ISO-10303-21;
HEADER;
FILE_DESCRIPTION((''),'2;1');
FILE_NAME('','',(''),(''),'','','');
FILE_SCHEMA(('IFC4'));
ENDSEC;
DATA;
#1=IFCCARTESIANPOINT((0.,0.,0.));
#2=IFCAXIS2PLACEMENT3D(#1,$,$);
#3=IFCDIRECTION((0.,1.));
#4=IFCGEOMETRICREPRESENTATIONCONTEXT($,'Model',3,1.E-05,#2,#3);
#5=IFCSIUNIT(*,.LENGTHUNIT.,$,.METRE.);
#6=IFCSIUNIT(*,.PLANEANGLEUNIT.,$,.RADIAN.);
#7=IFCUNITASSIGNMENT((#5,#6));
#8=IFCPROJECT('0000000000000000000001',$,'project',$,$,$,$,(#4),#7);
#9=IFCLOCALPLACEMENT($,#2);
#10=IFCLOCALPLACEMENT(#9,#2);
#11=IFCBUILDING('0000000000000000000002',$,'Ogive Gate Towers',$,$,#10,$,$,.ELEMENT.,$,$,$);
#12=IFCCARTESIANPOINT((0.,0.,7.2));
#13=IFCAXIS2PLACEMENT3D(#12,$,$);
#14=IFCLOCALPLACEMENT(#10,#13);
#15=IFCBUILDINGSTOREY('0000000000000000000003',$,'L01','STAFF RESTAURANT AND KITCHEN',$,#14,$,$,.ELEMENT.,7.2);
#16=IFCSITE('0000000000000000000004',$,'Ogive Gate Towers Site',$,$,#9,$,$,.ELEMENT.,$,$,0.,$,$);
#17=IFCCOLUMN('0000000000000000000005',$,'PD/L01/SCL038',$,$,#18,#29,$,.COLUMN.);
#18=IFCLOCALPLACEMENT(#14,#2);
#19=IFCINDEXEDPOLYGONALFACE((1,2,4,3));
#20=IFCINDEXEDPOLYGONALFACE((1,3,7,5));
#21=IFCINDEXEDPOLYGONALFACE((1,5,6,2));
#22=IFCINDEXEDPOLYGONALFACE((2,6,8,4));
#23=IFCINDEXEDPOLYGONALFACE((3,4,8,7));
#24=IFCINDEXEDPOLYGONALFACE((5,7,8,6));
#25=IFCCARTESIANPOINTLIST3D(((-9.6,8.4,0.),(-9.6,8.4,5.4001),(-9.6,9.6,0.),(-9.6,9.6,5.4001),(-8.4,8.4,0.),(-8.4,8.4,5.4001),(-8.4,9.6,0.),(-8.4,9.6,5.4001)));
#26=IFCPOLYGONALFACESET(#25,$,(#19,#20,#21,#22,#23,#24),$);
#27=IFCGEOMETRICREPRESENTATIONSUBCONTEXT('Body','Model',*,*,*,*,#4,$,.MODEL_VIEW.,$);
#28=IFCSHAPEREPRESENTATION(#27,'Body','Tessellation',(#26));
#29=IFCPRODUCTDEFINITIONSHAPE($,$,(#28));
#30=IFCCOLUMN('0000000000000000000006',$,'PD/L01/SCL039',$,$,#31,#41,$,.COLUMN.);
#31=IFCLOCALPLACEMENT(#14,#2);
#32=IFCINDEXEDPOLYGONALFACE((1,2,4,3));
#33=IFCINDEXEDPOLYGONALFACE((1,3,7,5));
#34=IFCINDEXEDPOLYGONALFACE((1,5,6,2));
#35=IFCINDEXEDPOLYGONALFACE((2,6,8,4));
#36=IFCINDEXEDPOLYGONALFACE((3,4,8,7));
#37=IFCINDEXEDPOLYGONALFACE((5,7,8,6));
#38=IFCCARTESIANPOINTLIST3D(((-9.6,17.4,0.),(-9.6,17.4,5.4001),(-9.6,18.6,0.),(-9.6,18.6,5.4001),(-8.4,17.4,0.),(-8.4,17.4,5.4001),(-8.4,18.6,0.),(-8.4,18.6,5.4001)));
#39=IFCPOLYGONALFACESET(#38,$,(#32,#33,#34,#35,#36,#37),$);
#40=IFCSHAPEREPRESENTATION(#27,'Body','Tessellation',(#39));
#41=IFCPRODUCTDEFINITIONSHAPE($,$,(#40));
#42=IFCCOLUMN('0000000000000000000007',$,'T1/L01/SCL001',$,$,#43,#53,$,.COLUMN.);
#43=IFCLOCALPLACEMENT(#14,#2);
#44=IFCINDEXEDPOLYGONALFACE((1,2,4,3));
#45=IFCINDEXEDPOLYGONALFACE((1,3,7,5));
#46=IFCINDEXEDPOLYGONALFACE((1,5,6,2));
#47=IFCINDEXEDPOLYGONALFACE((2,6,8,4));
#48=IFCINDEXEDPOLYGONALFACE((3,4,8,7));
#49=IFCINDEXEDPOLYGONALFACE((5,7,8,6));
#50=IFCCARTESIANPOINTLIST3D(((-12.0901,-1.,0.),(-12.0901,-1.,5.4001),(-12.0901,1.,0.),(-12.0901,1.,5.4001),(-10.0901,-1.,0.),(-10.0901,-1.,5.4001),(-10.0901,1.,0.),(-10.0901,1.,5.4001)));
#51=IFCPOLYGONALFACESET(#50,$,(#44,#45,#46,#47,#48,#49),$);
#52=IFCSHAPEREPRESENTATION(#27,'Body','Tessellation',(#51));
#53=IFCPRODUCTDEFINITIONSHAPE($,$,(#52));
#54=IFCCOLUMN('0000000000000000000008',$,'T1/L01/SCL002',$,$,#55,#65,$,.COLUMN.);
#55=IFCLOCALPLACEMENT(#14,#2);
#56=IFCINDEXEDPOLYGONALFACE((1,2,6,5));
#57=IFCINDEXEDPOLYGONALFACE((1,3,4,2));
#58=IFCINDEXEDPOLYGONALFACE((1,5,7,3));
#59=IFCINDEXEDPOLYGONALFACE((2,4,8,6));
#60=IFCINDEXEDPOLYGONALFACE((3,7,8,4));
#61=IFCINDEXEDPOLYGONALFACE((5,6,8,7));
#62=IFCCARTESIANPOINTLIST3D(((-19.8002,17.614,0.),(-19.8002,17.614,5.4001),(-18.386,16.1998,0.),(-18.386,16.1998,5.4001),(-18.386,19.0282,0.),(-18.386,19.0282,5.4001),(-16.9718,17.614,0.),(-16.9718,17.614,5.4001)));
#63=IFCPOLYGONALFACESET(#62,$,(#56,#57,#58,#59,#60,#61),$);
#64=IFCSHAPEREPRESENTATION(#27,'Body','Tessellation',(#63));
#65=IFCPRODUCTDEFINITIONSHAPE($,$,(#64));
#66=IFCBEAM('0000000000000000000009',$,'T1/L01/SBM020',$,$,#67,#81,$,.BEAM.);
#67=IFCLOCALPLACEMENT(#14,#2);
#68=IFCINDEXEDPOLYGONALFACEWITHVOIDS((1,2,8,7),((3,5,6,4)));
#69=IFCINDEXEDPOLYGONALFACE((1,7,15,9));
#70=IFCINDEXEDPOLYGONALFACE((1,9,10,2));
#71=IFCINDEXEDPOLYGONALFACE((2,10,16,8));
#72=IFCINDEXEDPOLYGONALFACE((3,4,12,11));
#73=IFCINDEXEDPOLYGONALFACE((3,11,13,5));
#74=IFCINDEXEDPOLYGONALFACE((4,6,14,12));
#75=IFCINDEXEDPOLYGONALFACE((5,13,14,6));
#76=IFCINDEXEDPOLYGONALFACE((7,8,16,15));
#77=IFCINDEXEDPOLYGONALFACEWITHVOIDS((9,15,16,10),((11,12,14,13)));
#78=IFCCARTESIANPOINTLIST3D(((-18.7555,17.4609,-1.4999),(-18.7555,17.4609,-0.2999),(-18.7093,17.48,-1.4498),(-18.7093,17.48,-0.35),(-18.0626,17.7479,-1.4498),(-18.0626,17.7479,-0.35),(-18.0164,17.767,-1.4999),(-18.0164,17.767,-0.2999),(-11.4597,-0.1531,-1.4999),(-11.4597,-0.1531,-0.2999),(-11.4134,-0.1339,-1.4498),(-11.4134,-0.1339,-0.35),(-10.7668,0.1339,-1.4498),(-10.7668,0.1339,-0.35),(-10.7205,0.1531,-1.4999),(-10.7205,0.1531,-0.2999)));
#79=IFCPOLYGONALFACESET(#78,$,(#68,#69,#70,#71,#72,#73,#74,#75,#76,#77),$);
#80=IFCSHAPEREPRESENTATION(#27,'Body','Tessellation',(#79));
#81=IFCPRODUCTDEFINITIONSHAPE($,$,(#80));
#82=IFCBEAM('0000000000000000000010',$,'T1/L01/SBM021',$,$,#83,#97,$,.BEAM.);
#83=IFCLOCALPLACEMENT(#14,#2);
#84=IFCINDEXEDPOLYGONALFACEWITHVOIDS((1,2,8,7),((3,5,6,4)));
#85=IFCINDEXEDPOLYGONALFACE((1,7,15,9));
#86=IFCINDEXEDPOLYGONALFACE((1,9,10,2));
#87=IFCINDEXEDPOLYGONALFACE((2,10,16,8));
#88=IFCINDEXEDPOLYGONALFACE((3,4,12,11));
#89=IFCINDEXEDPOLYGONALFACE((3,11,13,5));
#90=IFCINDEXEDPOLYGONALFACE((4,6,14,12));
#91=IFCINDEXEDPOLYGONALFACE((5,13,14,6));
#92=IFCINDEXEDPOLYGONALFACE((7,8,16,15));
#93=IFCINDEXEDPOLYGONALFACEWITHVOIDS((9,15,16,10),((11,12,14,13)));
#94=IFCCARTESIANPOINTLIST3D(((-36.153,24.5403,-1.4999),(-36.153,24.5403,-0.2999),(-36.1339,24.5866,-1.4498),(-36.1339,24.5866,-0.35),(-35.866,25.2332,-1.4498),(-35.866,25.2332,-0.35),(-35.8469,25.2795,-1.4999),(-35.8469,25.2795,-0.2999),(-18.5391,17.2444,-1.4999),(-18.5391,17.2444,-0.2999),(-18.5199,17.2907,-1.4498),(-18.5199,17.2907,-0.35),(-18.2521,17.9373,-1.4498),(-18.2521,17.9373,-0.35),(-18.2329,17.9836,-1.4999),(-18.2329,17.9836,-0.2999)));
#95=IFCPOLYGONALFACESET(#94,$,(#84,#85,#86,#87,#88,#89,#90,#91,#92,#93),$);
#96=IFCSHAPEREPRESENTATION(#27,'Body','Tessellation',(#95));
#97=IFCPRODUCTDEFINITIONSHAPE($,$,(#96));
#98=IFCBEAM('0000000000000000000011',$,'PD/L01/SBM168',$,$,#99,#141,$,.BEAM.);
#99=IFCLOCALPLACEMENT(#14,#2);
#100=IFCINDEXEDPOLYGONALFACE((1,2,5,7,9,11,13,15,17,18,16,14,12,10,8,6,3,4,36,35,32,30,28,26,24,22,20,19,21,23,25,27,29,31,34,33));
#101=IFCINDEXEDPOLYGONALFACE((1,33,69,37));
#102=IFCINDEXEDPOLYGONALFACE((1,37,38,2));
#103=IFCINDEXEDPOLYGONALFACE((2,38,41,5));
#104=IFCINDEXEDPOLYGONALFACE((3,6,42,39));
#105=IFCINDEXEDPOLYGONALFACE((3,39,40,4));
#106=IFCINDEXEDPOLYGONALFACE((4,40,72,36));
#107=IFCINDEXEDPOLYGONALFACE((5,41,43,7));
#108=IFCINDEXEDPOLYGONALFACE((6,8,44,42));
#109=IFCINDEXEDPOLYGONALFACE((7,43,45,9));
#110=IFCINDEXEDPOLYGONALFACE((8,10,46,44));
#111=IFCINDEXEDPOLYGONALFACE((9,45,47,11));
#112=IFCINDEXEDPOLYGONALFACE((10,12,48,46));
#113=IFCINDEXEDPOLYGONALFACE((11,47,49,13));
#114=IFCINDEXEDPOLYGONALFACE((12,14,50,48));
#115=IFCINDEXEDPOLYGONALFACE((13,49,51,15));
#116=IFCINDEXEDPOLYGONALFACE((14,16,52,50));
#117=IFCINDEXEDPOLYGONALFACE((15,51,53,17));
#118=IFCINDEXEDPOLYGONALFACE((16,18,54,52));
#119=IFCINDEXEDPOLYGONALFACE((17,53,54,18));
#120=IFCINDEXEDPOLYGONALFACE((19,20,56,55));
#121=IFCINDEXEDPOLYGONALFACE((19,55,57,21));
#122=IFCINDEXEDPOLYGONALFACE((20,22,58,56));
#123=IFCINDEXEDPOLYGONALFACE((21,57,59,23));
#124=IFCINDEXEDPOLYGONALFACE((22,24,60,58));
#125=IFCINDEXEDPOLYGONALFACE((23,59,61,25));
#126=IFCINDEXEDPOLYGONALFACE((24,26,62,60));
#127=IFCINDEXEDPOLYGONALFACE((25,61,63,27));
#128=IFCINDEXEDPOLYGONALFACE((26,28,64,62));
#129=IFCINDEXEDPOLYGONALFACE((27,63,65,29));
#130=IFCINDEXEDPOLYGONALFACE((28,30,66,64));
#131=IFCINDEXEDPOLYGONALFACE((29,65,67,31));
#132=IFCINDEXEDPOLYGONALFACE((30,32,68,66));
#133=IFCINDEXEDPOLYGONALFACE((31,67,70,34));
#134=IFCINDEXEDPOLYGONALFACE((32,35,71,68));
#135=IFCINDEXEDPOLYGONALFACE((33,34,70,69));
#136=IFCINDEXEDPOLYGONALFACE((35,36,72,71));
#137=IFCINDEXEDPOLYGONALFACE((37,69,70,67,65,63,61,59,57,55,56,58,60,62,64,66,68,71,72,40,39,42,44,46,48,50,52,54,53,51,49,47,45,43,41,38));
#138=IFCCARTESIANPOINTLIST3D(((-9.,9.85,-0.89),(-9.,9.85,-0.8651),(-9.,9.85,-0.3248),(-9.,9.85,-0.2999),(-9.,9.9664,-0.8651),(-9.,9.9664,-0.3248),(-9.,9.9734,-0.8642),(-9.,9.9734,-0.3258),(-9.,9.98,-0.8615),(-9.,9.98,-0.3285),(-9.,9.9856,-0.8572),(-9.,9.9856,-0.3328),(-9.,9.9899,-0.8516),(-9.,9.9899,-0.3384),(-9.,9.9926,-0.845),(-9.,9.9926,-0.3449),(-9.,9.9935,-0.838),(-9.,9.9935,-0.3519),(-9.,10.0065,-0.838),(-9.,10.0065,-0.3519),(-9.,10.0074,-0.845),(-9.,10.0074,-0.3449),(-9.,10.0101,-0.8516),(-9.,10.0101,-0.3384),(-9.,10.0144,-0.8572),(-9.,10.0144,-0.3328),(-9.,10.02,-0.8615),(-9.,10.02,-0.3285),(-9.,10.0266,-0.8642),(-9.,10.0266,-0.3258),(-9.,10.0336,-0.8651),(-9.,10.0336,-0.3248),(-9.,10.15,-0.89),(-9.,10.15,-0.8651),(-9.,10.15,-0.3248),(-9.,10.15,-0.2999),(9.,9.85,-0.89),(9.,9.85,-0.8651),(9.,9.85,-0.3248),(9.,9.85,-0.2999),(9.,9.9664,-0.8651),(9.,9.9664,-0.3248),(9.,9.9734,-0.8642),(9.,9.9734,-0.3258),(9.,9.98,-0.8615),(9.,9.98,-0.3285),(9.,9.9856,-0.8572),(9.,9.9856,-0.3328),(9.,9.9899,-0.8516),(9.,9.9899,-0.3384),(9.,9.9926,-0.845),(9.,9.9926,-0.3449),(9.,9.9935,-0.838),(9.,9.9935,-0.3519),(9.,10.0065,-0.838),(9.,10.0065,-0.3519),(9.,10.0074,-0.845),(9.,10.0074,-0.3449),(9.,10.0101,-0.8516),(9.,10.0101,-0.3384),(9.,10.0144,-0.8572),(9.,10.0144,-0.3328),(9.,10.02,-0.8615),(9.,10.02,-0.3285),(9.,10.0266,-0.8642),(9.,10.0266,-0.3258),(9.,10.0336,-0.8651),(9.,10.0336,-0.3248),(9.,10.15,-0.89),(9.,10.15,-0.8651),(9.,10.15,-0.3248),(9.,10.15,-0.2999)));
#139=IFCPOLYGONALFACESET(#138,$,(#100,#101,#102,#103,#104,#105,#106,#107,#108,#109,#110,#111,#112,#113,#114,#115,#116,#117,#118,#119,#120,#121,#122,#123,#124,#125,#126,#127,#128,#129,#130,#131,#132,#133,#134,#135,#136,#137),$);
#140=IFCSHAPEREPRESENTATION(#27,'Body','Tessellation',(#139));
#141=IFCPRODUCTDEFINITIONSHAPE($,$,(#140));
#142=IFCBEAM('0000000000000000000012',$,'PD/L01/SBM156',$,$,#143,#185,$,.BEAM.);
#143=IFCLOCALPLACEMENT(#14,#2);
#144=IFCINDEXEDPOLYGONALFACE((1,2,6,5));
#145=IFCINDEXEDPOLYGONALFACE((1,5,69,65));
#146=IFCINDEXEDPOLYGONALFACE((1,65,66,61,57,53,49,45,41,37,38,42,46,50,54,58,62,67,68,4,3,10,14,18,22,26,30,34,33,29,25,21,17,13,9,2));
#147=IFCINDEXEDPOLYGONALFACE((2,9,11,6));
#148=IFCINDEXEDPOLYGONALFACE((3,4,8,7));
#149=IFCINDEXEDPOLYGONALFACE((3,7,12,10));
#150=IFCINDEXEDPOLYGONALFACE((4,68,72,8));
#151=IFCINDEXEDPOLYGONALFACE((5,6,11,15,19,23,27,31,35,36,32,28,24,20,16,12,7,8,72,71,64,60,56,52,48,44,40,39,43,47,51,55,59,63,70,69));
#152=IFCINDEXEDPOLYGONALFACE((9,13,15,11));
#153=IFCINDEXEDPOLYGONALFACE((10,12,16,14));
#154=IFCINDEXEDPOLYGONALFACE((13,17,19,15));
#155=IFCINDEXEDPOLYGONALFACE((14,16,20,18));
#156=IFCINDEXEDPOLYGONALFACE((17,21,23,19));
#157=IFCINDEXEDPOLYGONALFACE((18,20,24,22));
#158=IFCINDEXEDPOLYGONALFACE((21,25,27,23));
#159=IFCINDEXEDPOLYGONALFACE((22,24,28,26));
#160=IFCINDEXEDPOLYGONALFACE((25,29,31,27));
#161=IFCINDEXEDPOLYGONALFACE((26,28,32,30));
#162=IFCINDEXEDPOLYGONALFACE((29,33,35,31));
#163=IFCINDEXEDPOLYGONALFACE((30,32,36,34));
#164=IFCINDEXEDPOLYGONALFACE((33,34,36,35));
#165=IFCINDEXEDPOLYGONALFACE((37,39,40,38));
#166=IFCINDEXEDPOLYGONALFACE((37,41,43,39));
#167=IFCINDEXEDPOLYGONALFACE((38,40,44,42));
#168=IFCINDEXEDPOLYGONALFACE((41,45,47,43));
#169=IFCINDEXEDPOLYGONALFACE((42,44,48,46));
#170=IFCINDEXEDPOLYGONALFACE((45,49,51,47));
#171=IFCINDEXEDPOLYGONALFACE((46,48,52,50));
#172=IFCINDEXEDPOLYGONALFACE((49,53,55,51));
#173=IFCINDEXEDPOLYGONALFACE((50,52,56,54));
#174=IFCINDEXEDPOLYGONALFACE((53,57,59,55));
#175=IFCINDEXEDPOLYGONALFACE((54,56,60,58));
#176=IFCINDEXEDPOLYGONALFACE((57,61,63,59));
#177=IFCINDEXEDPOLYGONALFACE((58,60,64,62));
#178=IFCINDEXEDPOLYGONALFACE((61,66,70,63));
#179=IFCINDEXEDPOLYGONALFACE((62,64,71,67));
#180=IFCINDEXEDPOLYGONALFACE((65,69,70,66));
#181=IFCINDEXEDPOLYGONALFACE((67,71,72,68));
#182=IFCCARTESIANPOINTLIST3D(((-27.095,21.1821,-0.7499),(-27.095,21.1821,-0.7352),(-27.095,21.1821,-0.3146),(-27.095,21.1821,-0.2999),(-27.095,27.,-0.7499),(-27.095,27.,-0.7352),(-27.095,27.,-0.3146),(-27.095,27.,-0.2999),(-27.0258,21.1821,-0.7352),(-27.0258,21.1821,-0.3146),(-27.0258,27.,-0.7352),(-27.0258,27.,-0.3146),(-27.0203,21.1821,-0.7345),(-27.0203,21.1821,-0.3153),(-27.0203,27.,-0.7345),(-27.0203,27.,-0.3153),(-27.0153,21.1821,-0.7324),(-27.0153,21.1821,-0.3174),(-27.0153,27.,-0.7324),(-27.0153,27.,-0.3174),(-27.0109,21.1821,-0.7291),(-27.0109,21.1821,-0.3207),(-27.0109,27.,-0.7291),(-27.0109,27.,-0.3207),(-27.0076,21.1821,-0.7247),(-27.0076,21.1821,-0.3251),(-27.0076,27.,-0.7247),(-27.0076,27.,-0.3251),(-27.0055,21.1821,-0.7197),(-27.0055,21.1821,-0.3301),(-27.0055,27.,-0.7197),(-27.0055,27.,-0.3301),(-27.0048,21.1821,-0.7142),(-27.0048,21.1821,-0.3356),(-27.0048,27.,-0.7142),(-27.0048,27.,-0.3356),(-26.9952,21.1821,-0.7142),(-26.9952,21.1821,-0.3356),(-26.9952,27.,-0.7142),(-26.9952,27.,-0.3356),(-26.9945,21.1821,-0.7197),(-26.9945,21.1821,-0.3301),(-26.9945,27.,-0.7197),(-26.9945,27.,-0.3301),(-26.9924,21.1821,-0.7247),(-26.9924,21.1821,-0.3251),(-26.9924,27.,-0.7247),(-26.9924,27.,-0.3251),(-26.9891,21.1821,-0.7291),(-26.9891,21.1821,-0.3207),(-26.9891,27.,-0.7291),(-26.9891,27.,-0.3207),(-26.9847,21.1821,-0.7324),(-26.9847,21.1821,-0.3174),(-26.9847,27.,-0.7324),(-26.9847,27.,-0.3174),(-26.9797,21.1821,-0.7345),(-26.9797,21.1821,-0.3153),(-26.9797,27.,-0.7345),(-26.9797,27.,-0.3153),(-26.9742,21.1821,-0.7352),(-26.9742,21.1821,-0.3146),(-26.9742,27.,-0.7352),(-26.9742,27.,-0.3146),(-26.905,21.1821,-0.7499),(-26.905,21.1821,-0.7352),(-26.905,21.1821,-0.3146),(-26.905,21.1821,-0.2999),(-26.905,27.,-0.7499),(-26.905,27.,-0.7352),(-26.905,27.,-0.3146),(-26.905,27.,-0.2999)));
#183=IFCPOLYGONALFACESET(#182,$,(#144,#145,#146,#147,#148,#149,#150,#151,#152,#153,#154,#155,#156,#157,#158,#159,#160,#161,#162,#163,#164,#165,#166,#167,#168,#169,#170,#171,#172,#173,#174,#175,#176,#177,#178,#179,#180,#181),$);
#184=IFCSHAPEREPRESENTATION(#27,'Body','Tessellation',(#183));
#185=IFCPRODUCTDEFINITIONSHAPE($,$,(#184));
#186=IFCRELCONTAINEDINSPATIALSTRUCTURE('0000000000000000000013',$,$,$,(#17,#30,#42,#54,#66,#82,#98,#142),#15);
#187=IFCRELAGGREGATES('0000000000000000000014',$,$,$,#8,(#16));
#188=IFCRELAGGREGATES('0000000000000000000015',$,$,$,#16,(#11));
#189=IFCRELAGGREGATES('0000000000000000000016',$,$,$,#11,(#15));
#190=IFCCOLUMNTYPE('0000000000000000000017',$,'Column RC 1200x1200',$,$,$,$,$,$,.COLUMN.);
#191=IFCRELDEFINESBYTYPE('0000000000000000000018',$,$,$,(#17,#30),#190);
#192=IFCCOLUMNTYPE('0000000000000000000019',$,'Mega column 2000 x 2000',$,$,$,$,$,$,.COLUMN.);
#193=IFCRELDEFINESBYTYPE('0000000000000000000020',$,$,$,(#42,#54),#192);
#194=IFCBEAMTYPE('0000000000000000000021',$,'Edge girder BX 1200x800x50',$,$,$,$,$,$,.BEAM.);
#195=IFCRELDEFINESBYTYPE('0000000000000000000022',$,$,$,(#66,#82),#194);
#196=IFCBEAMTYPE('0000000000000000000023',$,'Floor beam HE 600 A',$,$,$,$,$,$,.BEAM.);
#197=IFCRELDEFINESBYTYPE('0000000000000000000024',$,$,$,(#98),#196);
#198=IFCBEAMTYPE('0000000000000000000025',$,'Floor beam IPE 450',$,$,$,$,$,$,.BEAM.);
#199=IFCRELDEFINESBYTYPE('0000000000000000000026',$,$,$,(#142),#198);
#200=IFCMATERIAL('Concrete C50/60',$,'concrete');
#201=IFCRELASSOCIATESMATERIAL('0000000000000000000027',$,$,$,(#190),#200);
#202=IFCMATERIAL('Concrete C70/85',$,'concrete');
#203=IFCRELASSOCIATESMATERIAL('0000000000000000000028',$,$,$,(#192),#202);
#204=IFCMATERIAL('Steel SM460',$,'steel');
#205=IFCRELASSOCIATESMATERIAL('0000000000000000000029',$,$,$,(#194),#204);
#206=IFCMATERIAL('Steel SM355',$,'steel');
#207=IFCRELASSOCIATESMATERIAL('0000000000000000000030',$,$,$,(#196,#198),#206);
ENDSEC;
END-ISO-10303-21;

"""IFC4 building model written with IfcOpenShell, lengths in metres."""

from ifc_helpers import new_model, si_unit, direction, frame, origin, origin_2d, place, context, subcontext, project, spatial, rectangle, hollow_rectangle, i_section, extrude, material, material_profile, profile_set, type_object, element, save


model = new_model("IFC4")

# Units and contexts
model_context = context("Model", 3, precision=1e-05, world=origin(), true_north=direction((0.0, 1.0)))
body_context = subcontext(model_context, "Body", "Model", "MODEL_VIEW")
ifc_project = project(units=[si_unit("LENGTHUNIT", "METRE"), si_unit("PLANEANGLEUNIT", "RADIAN")], contexts=[model_context])

# Site, building, storey
site_placement = place(None, origin())
site = spatial("IfcSite", under=ifc_project, at=site_placement, Name="Ogive Gate Towers Site", CompositionType="ELEMENT", RefElevation=0.0)
building_placement = place(site_placement, origin())
building = spatial("IfcBuilding", under=site, at=building_placement, Name="Ogive Gate Towers", CompositionType="ELEMENT")
storey_placement = place(building_placement, frame((0.0, 0.0, 7.2)))
storey = spatial("IfcBuildingStorey", under=building, at=storey_placement, Name="L01", Description="STAFF RESTAURANT AND KITCHEN", CompositionType="ELEMENT", Elevation=7.2)

# Columns
ifc_material_1 = material(Name="Concrete C50/60", Category="concrete")
ifc_material_profile_1 = material_profile(ifc_material_1, rectangle(XDim=1.2, YDim=1.2, at=origin_2d()), Name="RC 1200x1200")
ifc_profile_set_1 = profile_set([ifc_material_profile_1], Name="Concrete C50/60")
column_type_1 = type_object("IfcColumnType", Name="Column RC 1200x1200", PredefinedType="COLUMN", material=ifc_profile_set_1)
for number, where, z_axis, x_axis, name in (
    (1, (-9.0, 9.0, 0.0), (0.0, 0.0, 1.0), (1.0, 0.0, 0.0), "PD/L01/SCL038"),
    (2, (-9.0, 18.0, 0.0), (0.0, 0.0, 1.0), (1.0, 0.0, 0.0), "PD/L01/SCL039"),
):
    element("IfcColumn", number, at=place(storey_placement, frame(where, z_axis=z_axis, x_axis=x_axis)), inside=storey, type_object=column_type_1, Name=name, PredefinedType="COLUMN", context=body_context, shape_type="SweptSolid", body=[
        extrude(rectangle(XDim=1.2, YDim=1.2, at=origin_2d()), origin(), (0.0, 0.0, 1.0), 5.4001),
    ])
ifc_material_2 = material(Name="Concrete C70/85", Category="concrete")
ifc_material_profile_2 = material_profile(ifc_material_2, rectangle(XDim=2.0, YDim=2.0, at=origin_2d()), Name="RC 2000x2000")
ifc_profile_set_2 = profile_set([ifc_material_profile_2], Name="Concrete C70/85")
column_type_2 = type_object("IfcColumnType", Name="Mega column 2000 x 2000", PredefinedType="COLUMN", material=ifc_profile_set_2)
for number, where, z_axis, x_axis, name in (
    (3, (-11.0901, 0.0, 0.0), (0.0, 0.0, 1.0), (1.0, 0.0, 0.0), "T1/L01/SCL001"),
    (4, (-18.386, 17.614, 0.0), (0.0, 0.0, 1.0), (0.707107, 0.707107, 0.0), "T1/L01/SCL002"),
):
    element("IfcColumn", number, at=place(storey_placement, frame(where, z_axis=z_axis, x_axis=x_axis)), inside=storey, type_object=column_type_2, Name=name, PredefinedType="COLUMN", context=body_context, shape_type="SweptSolid", body=[
        extrude(rectangle(XDim=2.0, YDim=2.0, at=origin_2d()), origin(), (0.0, 0.0, 1.0), 5.4001),
    ])

# Beams
ifc_material_3 = material(Name="Steel SM460", Category="steel")
ifc_material_profile_3 = material_profile(ifc_material_3, hollow_rectangle(XDim=0.8, YDim=1.2, WallThickness=0.05, at=origin_2d()), Name="BX 1200x800x50")
ifc_profile_set_3 = profile_set([ifc_material_profile_3], Name="Steel SM460")
beam_type_1 = type_object("IfcBeamType", Name="Edge girder BX 1200x800x50", PredefinedType="BEAM", material=ifc_profile_set_3)
for number, where, z_axis, x_axis, name in (
    (5, (-11.0901, 0.0, -0.8999), (-0.382681, 0.923881, 0.0), (-0.923881, -0.382681, 0.0), "T1/L01/SBM020"),
    (6, (-18.386, 17.614, -0.8999), (-0.923881, 0.382681, 0.0), (-0.382681, -0.923881, 0.0), "T1/L01/SBM021"),
):
    element("IfcBeam", number, at=place(storey_placement, frame(where, z_axis=z_axis, x_axis=x_axis)), inside=storey, type_object=beam_type_1, Name=name, PredefinedType="BEAM", context=body_context, shape_type="SweptSolid", body=[
        extrude(hollow_rectangle(XDim=0.8, YDim=1.2, WallThickness=0.05, at=origin_2d()), origin(), (0.0, 0.0, 1.0), 19.0652),
    ])
ifc_material_4 = material(Name="Steel SM355", Category="steel")
ifc_material_profile_4 = material_profile(ifc_material_4, i_section(OverallWidth=0.3, OverallDepth=0.5901, WebThickness=0.0129, FlangeThickness=0.0249, FilletRadius=0.0271, at=origin_2d()), Name="HE 600 A")
ifc_profile_set_4 = profile_set([ifc_material_profile_4], Name="Steel SM355")
beam_type_2 = type_object("IfcBeamType", Name="Floor beam HE 600 A", PredefinedType="BEAM", material=ifc_profile_set_4)
beam_1_placement = place(storey_placement, frame((-9.0, 10.0, -0.595), z_axis=(1.0, 0.0, 0.0), x_axis=(0.0, 1.0, 0.0)))
element("IfcBeam", 7, at=beam_1_placement, inside=storey, type_object=beam_type_2, Name="PD/L01/SBM168", PredefinedType="BEAM", context=body_context, shape_type="SweptSolid", body=[
    extrude(i_section(OverallWidth=0.3, OverallDepth=0.5901, WebThickness=0.0129, FlangeThickness=0.0249, FilletRadius=0.0271, at=origin_2d()), origin(), (0.0, 0.0, 1.0), 18.0),
])
ifc_material_profile_5 = material_profile(ifc_material_4, i_section(OverallWidth=0.1899, OverallDepth=0.45, WebThickness=0.0095, FlangeThickness=0.0146, FilletRadius=0.021, at=origin_2d()), Name="IPE 450")
ifc_profile_set_5 = profile_set([ifc_material_profile_5], Name="Steel SM355")
beam_type_3 = type_object("IfcBeamType", Name="Floor beam IPE 450", PredefinedType="BEAM", material=ifc_profile_set_5)
for number, where, z_axis, x_axis, name in (
    (8, (-27.0, 27.0, -0.5249), (0.0, -1.0, 0.0), (1.0, 0.0, 0.0), "PD/L01/SBM156"),
):
    element("IfcBeam", number, at=place(storey_placement, frame(where, z_axis=z_axis, x_axis=x_axis)), inside=storey, type_object=beam_type_3, Name=name, PredefinedType="BEAM", context=body_context, shape_type="SweptSolid", body=[
        extrude(i_section(OverallWidth=0.1899, OverallDepth=0.45, WebThickness=0.0095, FlangeThickness=0.0146, FilletRadius=0.021, at=origin_2d()), origin(), (0.0, 0.0, 1.0), 5.8179),
    ])

save(model, "model.ifc")
